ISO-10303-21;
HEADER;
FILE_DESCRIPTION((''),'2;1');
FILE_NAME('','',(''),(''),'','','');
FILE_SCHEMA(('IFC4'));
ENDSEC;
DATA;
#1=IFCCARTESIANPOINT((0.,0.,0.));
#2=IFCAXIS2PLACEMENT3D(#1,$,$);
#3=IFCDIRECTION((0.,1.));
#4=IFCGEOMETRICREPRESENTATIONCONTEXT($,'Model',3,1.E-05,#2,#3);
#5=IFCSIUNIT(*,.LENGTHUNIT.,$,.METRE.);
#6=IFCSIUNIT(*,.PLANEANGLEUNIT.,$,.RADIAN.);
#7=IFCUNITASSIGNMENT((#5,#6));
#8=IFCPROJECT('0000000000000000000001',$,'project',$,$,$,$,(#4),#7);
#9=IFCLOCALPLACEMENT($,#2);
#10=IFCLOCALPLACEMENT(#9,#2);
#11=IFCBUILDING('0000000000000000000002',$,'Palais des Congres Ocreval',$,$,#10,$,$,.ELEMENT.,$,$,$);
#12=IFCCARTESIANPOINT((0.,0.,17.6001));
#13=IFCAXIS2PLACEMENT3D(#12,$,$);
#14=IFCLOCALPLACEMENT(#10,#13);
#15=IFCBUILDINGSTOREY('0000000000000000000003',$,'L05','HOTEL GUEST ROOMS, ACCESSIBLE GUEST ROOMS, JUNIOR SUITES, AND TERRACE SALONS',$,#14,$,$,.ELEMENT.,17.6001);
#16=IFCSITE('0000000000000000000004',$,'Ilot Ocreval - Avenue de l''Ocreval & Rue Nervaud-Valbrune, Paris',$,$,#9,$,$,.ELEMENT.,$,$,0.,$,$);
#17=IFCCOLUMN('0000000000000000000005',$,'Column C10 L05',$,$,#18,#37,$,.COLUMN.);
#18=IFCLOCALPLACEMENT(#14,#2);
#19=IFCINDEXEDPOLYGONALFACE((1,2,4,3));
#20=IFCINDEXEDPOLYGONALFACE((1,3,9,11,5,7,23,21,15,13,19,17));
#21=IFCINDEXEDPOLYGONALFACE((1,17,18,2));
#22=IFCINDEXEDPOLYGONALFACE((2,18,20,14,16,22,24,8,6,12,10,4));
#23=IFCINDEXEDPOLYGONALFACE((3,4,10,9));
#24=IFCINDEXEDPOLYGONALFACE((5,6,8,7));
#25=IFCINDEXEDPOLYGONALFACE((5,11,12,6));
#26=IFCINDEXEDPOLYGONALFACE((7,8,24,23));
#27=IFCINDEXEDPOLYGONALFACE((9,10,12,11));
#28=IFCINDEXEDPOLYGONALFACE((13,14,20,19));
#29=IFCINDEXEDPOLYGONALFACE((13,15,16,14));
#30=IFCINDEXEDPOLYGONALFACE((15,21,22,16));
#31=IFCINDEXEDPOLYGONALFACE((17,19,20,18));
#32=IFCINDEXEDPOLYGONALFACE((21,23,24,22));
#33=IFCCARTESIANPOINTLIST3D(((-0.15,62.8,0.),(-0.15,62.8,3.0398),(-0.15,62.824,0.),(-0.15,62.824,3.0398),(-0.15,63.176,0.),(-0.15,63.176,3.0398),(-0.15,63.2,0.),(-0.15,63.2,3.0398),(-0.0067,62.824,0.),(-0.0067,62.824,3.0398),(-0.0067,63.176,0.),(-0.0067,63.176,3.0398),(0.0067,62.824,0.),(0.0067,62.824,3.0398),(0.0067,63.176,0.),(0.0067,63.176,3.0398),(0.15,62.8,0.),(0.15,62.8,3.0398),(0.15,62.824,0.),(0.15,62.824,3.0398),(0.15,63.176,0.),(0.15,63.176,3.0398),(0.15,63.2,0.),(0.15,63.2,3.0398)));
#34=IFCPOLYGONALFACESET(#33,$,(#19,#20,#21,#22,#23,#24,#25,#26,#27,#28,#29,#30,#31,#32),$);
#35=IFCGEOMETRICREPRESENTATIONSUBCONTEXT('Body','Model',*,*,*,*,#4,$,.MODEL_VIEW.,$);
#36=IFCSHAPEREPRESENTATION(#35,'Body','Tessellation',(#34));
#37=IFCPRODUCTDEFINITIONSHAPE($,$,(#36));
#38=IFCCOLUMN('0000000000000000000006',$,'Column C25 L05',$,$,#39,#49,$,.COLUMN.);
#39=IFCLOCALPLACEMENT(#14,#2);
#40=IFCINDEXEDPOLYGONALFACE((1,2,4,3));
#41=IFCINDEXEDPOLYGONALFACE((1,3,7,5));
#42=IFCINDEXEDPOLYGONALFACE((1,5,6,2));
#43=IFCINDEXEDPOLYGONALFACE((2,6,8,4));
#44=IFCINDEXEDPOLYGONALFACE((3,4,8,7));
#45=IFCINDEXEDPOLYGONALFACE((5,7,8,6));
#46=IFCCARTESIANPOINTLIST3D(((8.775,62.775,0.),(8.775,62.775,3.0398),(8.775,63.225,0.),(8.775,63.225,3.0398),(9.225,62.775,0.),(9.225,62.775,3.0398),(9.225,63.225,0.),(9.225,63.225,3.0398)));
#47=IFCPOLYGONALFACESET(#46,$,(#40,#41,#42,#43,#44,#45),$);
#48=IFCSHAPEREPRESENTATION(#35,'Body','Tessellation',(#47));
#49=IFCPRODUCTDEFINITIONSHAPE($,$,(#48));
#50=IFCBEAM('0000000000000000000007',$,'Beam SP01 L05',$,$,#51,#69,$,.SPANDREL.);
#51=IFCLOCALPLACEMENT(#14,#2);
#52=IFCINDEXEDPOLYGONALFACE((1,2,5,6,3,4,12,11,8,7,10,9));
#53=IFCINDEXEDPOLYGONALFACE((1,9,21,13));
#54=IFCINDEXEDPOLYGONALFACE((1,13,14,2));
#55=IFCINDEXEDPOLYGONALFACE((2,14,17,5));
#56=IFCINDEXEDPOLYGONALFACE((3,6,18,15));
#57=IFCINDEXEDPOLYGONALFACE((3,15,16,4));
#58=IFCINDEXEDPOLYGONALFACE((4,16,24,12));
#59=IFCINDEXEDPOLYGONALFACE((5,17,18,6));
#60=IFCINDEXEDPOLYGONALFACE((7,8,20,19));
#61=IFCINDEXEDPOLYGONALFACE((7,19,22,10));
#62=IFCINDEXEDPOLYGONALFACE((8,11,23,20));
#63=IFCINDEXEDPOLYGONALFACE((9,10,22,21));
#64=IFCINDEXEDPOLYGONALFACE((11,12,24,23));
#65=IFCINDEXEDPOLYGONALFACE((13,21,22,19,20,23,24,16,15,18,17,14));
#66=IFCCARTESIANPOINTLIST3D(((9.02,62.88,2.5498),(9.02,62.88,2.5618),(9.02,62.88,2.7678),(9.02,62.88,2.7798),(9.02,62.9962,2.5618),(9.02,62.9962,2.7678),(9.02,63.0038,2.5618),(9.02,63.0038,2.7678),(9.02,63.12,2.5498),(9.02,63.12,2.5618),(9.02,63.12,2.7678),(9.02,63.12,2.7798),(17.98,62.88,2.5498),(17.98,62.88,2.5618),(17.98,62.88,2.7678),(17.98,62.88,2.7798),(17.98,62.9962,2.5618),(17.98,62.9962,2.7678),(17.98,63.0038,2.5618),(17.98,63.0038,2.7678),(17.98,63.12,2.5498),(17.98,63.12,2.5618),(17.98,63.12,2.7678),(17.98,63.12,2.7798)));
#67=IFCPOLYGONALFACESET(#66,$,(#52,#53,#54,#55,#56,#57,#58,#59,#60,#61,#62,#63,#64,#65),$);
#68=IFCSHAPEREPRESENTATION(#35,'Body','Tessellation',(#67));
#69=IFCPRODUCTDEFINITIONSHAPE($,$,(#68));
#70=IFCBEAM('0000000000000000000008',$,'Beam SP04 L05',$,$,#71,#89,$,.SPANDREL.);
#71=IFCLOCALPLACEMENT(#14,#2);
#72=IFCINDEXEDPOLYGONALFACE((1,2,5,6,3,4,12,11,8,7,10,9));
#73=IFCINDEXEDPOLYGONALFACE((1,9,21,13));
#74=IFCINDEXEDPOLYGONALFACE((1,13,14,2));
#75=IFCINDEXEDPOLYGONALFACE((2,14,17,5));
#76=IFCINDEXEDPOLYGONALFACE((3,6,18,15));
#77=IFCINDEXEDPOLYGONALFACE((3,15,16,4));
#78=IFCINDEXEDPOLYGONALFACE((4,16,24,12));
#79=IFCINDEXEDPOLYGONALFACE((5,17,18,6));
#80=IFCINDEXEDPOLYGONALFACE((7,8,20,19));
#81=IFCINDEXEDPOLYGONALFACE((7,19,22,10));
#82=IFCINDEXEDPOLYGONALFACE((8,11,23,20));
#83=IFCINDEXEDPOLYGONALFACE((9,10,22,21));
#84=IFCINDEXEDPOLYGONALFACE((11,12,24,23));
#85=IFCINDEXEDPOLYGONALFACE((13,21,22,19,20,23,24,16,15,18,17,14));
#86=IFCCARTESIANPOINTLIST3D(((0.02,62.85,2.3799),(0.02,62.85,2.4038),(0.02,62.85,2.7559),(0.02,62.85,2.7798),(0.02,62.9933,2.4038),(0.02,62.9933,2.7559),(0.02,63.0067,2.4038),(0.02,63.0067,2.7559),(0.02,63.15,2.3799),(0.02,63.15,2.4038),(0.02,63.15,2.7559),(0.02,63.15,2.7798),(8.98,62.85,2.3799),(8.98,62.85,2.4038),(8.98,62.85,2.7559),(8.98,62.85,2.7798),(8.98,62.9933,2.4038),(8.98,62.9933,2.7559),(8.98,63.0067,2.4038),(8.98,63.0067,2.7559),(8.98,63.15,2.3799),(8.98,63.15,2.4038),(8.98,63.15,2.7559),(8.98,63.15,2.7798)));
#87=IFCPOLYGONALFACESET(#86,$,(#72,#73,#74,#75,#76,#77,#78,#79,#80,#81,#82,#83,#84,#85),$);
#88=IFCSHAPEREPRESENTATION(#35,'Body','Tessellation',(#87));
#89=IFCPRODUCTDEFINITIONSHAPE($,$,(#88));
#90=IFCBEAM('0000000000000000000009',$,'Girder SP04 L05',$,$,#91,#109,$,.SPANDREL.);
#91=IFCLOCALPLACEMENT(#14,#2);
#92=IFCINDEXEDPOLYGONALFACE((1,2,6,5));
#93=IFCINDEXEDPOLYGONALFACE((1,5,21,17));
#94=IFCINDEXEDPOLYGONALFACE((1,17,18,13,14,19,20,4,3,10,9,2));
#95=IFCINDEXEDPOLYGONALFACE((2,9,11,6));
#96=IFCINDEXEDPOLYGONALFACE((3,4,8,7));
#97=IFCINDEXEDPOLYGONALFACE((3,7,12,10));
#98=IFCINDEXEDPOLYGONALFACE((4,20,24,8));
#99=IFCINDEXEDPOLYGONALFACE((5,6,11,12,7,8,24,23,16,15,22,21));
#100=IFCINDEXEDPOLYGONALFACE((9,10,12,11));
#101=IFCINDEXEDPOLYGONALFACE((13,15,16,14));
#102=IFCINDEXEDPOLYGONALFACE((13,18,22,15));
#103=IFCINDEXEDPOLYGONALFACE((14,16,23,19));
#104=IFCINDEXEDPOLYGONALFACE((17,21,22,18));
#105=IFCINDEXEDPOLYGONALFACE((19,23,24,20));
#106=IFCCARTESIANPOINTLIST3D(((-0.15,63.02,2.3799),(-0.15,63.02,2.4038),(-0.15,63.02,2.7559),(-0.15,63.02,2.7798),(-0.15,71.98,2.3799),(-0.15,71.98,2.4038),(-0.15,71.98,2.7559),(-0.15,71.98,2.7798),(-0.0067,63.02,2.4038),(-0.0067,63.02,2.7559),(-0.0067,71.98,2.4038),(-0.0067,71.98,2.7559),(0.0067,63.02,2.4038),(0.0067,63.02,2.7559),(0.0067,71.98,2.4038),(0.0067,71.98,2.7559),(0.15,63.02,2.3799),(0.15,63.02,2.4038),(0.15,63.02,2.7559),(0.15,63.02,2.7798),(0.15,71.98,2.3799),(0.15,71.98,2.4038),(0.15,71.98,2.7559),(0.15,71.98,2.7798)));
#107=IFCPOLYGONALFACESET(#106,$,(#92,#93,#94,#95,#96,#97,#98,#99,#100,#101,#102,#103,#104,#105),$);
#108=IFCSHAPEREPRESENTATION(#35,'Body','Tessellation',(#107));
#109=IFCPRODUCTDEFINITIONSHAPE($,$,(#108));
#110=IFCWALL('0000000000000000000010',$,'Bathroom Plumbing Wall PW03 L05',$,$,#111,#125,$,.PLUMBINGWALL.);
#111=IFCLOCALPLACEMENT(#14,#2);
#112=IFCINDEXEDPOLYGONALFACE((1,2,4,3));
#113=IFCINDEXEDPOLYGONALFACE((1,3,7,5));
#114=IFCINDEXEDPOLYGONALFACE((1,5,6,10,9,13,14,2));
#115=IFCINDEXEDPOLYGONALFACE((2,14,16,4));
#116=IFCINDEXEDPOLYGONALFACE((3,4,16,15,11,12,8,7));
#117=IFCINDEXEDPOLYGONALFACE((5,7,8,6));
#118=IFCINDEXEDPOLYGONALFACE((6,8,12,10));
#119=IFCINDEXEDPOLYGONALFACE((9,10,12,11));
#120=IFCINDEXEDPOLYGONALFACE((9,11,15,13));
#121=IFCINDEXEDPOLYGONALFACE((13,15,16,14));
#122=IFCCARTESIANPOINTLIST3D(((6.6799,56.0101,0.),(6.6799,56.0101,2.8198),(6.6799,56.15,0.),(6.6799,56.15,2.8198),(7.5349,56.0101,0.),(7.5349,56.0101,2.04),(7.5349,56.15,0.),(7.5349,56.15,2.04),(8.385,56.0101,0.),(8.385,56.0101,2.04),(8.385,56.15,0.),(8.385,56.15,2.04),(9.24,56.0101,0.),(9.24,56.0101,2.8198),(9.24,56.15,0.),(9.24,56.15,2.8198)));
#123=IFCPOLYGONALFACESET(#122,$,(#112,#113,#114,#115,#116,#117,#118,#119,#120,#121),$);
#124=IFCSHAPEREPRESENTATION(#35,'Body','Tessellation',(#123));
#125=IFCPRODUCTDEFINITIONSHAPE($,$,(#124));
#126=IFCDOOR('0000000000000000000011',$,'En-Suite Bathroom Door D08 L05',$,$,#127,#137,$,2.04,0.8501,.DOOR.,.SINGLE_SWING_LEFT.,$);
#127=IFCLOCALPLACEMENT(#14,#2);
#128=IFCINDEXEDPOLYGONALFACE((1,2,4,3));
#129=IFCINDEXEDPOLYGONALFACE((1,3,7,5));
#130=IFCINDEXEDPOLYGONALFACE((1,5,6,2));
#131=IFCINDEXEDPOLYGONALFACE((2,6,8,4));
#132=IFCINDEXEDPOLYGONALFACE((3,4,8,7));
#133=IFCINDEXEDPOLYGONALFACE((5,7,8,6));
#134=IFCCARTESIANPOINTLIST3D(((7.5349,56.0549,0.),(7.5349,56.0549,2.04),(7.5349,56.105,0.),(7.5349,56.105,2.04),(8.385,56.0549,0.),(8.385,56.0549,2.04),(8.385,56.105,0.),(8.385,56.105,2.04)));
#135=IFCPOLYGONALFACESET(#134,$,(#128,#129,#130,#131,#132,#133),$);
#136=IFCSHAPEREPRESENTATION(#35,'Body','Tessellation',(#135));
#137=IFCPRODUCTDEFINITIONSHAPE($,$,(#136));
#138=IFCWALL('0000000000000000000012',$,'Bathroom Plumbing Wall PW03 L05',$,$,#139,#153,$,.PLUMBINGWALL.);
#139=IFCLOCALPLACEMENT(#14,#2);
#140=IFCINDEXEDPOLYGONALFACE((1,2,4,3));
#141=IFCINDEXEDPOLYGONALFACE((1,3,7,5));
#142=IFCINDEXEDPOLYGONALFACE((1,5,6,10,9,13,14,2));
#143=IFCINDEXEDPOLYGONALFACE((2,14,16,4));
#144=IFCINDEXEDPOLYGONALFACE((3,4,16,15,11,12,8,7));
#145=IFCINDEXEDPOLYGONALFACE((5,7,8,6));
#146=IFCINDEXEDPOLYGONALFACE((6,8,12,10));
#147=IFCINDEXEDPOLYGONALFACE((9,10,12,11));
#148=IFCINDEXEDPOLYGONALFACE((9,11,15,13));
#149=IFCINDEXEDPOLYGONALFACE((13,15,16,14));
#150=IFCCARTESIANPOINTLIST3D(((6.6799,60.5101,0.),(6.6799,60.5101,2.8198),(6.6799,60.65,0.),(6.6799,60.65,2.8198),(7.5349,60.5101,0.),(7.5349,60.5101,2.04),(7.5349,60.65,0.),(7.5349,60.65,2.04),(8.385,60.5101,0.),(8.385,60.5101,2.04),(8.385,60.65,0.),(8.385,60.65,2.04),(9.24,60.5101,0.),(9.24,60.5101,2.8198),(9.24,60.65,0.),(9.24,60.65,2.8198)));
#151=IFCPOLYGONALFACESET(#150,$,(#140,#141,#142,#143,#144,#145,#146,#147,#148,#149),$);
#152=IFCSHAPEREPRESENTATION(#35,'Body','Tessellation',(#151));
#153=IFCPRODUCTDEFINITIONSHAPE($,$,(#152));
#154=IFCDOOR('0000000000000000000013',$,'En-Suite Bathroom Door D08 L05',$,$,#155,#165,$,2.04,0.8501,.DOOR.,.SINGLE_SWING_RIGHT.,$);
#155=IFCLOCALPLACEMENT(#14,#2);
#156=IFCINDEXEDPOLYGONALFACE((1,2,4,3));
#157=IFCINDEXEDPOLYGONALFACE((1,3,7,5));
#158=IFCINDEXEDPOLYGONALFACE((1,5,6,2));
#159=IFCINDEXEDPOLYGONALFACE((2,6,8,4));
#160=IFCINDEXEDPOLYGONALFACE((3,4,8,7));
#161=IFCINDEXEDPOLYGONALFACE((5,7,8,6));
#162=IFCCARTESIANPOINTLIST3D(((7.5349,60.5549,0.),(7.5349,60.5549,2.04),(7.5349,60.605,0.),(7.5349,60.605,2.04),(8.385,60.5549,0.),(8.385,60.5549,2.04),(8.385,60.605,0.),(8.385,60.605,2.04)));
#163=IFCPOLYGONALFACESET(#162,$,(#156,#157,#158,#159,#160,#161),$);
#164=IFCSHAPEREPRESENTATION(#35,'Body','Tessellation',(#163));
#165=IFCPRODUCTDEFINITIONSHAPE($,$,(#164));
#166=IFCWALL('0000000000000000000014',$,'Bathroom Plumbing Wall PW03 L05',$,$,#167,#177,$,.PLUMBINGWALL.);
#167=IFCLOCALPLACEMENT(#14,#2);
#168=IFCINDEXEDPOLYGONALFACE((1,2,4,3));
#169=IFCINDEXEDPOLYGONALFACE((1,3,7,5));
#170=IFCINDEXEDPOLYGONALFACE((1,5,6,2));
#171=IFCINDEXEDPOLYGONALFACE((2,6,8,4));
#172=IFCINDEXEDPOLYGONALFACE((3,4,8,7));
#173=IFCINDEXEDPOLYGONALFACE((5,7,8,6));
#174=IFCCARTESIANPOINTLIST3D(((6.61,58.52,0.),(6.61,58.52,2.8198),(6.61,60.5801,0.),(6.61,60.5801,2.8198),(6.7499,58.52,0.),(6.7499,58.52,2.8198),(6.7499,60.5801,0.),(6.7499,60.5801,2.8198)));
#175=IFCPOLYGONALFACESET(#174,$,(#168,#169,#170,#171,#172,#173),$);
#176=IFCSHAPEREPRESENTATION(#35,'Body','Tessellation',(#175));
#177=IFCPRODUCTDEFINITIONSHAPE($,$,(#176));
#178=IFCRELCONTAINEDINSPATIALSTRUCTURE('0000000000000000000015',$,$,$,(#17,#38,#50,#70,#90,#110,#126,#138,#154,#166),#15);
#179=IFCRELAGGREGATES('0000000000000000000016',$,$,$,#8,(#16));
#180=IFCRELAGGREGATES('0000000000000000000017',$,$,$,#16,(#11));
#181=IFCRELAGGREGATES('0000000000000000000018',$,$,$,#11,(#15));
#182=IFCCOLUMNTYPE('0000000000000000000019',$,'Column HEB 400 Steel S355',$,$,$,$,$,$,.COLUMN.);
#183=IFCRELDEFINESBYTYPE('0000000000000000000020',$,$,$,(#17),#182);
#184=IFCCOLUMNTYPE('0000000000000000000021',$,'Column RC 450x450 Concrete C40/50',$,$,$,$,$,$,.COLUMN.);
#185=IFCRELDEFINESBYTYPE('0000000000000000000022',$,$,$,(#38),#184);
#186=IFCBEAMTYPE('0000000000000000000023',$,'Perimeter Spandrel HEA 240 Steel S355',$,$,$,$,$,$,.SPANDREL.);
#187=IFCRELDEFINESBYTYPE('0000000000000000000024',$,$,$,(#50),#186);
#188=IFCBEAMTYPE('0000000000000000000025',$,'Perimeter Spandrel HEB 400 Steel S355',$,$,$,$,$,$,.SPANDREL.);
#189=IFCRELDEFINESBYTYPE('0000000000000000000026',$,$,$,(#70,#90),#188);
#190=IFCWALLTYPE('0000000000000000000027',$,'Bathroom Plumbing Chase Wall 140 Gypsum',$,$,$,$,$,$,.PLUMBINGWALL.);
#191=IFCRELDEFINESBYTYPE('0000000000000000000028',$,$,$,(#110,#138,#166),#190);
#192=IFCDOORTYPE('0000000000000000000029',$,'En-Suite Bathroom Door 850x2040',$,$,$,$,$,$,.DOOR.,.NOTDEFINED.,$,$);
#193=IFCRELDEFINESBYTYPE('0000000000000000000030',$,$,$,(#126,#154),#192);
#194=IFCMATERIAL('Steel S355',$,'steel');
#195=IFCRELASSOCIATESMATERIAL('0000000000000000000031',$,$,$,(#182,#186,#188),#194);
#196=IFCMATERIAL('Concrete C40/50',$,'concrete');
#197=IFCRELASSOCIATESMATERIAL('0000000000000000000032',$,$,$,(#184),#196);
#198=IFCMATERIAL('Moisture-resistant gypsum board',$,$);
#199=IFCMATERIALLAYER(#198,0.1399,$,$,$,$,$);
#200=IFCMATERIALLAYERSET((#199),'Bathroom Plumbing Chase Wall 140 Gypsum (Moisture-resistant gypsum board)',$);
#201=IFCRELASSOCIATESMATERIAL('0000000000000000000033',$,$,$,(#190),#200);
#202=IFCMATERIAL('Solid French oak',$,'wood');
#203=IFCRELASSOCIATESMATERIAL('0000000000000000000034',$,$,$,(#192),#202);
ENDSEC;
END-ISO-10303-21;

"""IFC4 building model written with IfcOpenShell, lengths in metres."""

from ifc_helpers import new_model, si_unit, direction, frame, frame_2d, origin, origin_2d, place, context, subcontext, project, spatial, rectangle, i_section, extrude, material, layer, layer_set, material_profile, profile_set, type_object, element, fill, save


model = new_model("IFC4")

# Units and contexts
model_context = context("Model", 3, precision=1e-05, world=origin(), true_north=direction((0.0, 1.0)))
body_context = subcontext(model_context, "Body", "Model", "MODEL_VIEW")
ifc_project = project(units=[si_unit("LENGTHUNIT", "METRE"), si_unit("PLANEANGLEUNIT", "RADIAN")], contexts=[model_context])

# Site, building, storey
site_placement = place(None, origin())
site = spatial("IfcSite", under=ifc_project, at=site_placement, Name="Ilot Ocreval - Avenue de l'Ocreval & Rue Nervaud-Valbrune, Paris", CompositionType="ELEMENT", RefElevation=0.0)
building_placement = place(site_placement, origin())
building = spatial("IfcBuilding", under=site, at=building_placement, Name="Palais des Congres Ocreval", CompositionType="ELEMENT")
storey_placement = place(building_placement, frame((0.0, 0.0, 17.6001)))
storey = spatial("IfcBuildingStorey", under=building, at=storey_placement, Name="L05", Description="HOTEL GUEST ROOMS, ACCESSIBLE GUEST ROOMS, JUNIOR SUITES, AND TERRACE SALONS", CompositionType="ELEMENT", Elevation=17.6001)

# Columns
ifc_material_1 = material(Name="Steel S355", Category="steel")
ifc_material_profile_1 = material_profile(ifc_material_1, i_section(OverallWidth=0.3, OverallDepth=0.3999, WebThickness=0.0134, FlangeThickness=0.0239, at=origin_2d()), Name="HEB 400")
ifc_profile_set_1 = profile_set([ifc_material_profile_1], Name="Steel S355")
column_type_1 = type_object("IfcColumnType", Name="Column HEB 400 Steel S355", PredefinedType="COLUMN", material=ifc_profile_set_1)
column_1_placement = place(storey_placement, frame((0.0, 63.0, 0.0), z_axis=(0.0, 0.0, 1.0), x_axis=(1.0, 0.0, 0.0)))
element("IfcColumn", 1, at=column_1_placement, inside=storey, type_object=column_type_1, Name="Column C10 L05", PredefinedType="COLUMN", context=body_context, shape_type="SweptSolid", body=[
    extrude(i_section(OverallWidth=0.3, OverallDepth=0.3999, WebThickness=0.0134, FlangeThickness=0.0239, at=origin_2d()), origin(), (0.0, 0.0, 1.0), 3.0398),
])
ifc_material_2 = material(Name="Concrete C40/50", Category="concrete")
ifc_material_profile_2 = material_profile(ifc_material_2, rectangle(XDim=0.45, YDim=0.45, at=origin_2d()), Name="RC 450x450")
ifc_profile_set_2 = profile_set([ifc_material_profile_2], Name="Concrete C40/50")
column_type_2 = type_object("IfcColumnType", Name="Column RC 450x450 Concrete C40/50", PredefinedType="COLUMN", material=ifc_profile_set_2)
column_2_placement = place(storey_placement, frame((9.0, 63.0, 0.0), z_axis=(0.0, 0.0, 1.0), x_axis=(1.0, 0.0, 0.0)))
element("IfcColumn", 2, at=column_2_placement, inside=storey, type_object=column_type_2, Name="Column C25 L05", PredefinedType="COLUMN", context=body_context, shape_type="SweptSolid", body=[
    extrude(rectangle(XDim=0.45, YDim=0.45, at=origin_2d()), origin(), (0.0, 0.0, 1.0), 3.0398),
])

# Beams
ifc_material_profile_3 = material_profile(ifc_material_1, i_section(OverallWidth=0.24, OverallDepth=0.23, WebThickness=0.0076, FlangeThickness=0.012, at=origin_2d()), Name="HEA 240")
ifc_profile_set_3 = profile_set([ifc_material_profile_3], Name="Steel S355")
beam_type_1 = type_object("IfcBeamType", Name="Perimeter Spandrel HEA 240 Steel S355", PredefinedType="SPANDREL", material=ifc_profile_set_3)
beam_placement = place(storey_placement, frame((9.02, 63.0, 2.6648), z_axis=(1.0, 0.0, 0.0), x_axis=(0.0, 1.0, 0.0)))
element("IfcBeam", 3, at=beam_placement, inside=storey, type_object=beam_type_1, Name="Beam SP01 L05", PredefinedType="SPANDREL", context=body_context, shape_type="SweptSolid", body=[
    extrude(i_section(OverallWidth=0.24, OverallDepth=0.23, WebThickness=0.0076, FlangeThickness=0.012, at=origin_2d()), origin(), (0.0, 0.0, 1.0), 8.96),
])
ifc_material_profile_4 = material_profile(ifc_material_1, i_section(OverallWidth=0.3, OverallDepth=0.3999, WebThickness=0.0134, FlangeThickness=0.0239, at=origin_2d()), Name="HEB 400")
ifc_profile_set_4 = profile_set([ifc_material_profile_4], Name="Steel S355")
beam_type_2 = type_object("IfcBeamType", Name="Perimeter Spandrel HEB 400 Steel S355", PredefinedType="SPANDREL", material=ifc_profile_set_4)
for number, where, z_axis, x_axis, name in (
    (4, (0.02, 63.0, 2.5798), (1.0, 0.0, 0.0), (0.0, 1.0, 0.0), "Beam SP04 L05"),
    (5, (0.0, 63.02, 2.5798), (0.0, 1.0, 0.0), (-1.0, 0.0, 0.0), "Girder SP04 L05"),
):
    element("IfcBeam", number, at=place(storey_placement, frame(where, z_axis=z_axis, x_axis=x_axis)), inside=storey, type_object=beam_type_2, Name=name, PredefinedType="SPANDREL", context=body_context, shape_type="SweptSolid", body=[
        extrude(i_section(OverallWidth=0.3, OverallDepth=0.3999, WebThickness=0.0134, FlangeThickness=0.0239, at=origin_2d()), origin(), (0.0, 0.0, 1.0), 8.96),
    ])

# Walls, openings, doors
ifc_material_3 = material(Name="Moisture-resistant gypsum board")
ifc_layer_1 = layer(ifc_material_3, 0.1399)
ifc_layer_set_1 = layer_set([ifc_layer_1], Name="Bathroom Plumbing Chase Wall 140 Gypsum (Moisture-resistant gypsum board)")
wall_type_1 = type_object("IfcWallType", Name="Bathroom Plumbing Chase Wall 140 Gypsum", PredefinedType="PLUMBINGWALL", material=ifc_layer_set_1)
wall_1_placement = place(storey_placement, frame((6.6799, 56.0801, 0.0), z_axis=(0.0, 0.0, 1.0), x_axis=(1.0, 0.0, 0.0)))
wall_1 = element("IfcWall", 6, at=wall_1_placement, inside=storey, type_object=wall_type_1, Name="Bathroom Plumbing Wall PW03 L05", PredefinedType="PLUMBINGWALL", context=body_context, shape_type="SweptSolid", body=[
    extrude(rectangle(XDim=2.5601, YDim=0.1399, at=frame_2d((1.28, 0.0))), origin(), (0.0, 0.0, 1.0), 2.8198),
])
opening_1_placement = place(wall_1_placement, frame((0.855, 0.0, 0.0)))
opening_1 = element("IfcOpeningElement", 7, at=opening_1_placement, cuts=wall_1, PredefinedType="OPENING", context=body_context, shape_type="SweptSolid", body=[
    extrude(rectangle(XDim=0.8501, YDim=2.04, at=frame_2d((0.425, 1.02))), frame((0.0, 0.0798, 0.0), z_axis=(0.0, -1.0, 0.0), x_axis=(1.0, 0.0, 0.0)), (0.0, 0.0, 1.0), 0.1599),
])
ifc_material_4 = material(Name="Solid French oak", Category="wood")
door_type_1 = type_object("IfcDoorType", Name="En-Suite Bathroom Door 850x2040", OperationType="NOTDEFINED", PredefinedType="DOOR", material=ifc_material_4)
door_1_placement = place(opening_1_placement, origin())
door_1 = element("IfcDoor", 8, at=door_1_placement, inside=storey, type_object=door_type_1, Name="En-Suite Bathroom Door D08 L05", OperationType="SINGLE_SWING_LEFT", OverallHeight=2.04, OverallWidth=0.8501, PredefinedType="DOOR", context=body_context, shape_type="SweptSolid", body=[
    extrude(rectangle(XDim=0.8501, YDim=2.04, at=frame_2d((0.425, 1.02))), frame((0.0, 0.0249, 0.0), z_axis=(0.0, -1.0, 0.0), x_axis=(1.0, 0.0, 0.0)), (0.0, 0.0, 1.0), 0.05),
])
fill(opening_1, door_1)
wall_2_placement = place(storey_placement, frame((6.6799, 60.5801, 0.0), z_axis=(0.0, 0.0, 1.0), x_axis=(1.0, 0.0, 0.0)))
wall_2 = element("IfcWall", 9, at=wall_2_placement, inside=storey, type_object=wall_type_1, Name="Bathroom Plumbing Wall PW03 L05", PredefinedType="PLUMBINGWALL", context=body_context, shape_type="SweptSolid", body=[
    extrude(rectangle(XDim=2.5601, YDim=0.1399, at=frame_2d((1.28, 0.0))), origin(), (0.0, 0.0, 1.0), 2.8198),
])
opening_2_placement = place(wall_2_placement, frame((0.855, 0.0, 0.0)))
opening_2 = element("IfcOpeningElement", 10, at=opening_2_placement, cuts=wall_2, PredefinedType="OPENING", context=body_context, shape_type="SweptSolid", body=[
    extrude(rectangle(XDim=0.8501, YDim=2.04, at=frame_2d((0.425, 1.02))), frame((0.0, 0.0798, 0.0), z_axis=(0.0, -1.0, 0.0), x_axis=(1.0, 0.0, 0.0)), (0.0, 0.0, 1.0), 0.1599),
])
door_2_placement = place(opening_2_placement, origin())
door_2 = element("IfcDoor", 11, at=door_2_placement, inside=storey, type_object=door_type_1, Name="En-Suite Bathroom Door D08 L05", OperationType="SINGLE_SWING_RIGHT", OverallHeight=2.04, OverallWidth=0.8501, PredefinedType="DOOR", context=body_context, shape_type="SweptSolid", body=[
    extrude(rectangle(XDim=0.8501, YDim=2.04, at=frame_2d((0.425, 1.02))), frame((0.0, 0.0249, 0.0), z_axis=(0.0, -1.0, 0.0), x_axis=(1.0, 0.0, 0.0)), (0.0, 0.0, 1.0), 0.05),
])
fill(opening_2, door_2)

# Wall
wall_3_placement = place(storey_placement, frame((6.6799, 58.52, 0.0), z_axis=(0.0, 0.0, 1.0), x_axis=(0.0, 1.0, 0.0)))
element("IfcWall", 12, at=wall_3_placement, inside=storey, type_object=wall_type_1, Name="Bathroom Plumbing Wall PW03 L05", PredefinedType="PLUMBINGWALL", context=body_context, shape_type="SweptSolid", body=[
    extrude(rectangle(XDim=2.0601, YDim=0.1399, at=frame_2d((1.03, 0.0))), origin(), (0.0, 0.0, 1.0), 2.8198),
])

save(model, "model.ifc")
